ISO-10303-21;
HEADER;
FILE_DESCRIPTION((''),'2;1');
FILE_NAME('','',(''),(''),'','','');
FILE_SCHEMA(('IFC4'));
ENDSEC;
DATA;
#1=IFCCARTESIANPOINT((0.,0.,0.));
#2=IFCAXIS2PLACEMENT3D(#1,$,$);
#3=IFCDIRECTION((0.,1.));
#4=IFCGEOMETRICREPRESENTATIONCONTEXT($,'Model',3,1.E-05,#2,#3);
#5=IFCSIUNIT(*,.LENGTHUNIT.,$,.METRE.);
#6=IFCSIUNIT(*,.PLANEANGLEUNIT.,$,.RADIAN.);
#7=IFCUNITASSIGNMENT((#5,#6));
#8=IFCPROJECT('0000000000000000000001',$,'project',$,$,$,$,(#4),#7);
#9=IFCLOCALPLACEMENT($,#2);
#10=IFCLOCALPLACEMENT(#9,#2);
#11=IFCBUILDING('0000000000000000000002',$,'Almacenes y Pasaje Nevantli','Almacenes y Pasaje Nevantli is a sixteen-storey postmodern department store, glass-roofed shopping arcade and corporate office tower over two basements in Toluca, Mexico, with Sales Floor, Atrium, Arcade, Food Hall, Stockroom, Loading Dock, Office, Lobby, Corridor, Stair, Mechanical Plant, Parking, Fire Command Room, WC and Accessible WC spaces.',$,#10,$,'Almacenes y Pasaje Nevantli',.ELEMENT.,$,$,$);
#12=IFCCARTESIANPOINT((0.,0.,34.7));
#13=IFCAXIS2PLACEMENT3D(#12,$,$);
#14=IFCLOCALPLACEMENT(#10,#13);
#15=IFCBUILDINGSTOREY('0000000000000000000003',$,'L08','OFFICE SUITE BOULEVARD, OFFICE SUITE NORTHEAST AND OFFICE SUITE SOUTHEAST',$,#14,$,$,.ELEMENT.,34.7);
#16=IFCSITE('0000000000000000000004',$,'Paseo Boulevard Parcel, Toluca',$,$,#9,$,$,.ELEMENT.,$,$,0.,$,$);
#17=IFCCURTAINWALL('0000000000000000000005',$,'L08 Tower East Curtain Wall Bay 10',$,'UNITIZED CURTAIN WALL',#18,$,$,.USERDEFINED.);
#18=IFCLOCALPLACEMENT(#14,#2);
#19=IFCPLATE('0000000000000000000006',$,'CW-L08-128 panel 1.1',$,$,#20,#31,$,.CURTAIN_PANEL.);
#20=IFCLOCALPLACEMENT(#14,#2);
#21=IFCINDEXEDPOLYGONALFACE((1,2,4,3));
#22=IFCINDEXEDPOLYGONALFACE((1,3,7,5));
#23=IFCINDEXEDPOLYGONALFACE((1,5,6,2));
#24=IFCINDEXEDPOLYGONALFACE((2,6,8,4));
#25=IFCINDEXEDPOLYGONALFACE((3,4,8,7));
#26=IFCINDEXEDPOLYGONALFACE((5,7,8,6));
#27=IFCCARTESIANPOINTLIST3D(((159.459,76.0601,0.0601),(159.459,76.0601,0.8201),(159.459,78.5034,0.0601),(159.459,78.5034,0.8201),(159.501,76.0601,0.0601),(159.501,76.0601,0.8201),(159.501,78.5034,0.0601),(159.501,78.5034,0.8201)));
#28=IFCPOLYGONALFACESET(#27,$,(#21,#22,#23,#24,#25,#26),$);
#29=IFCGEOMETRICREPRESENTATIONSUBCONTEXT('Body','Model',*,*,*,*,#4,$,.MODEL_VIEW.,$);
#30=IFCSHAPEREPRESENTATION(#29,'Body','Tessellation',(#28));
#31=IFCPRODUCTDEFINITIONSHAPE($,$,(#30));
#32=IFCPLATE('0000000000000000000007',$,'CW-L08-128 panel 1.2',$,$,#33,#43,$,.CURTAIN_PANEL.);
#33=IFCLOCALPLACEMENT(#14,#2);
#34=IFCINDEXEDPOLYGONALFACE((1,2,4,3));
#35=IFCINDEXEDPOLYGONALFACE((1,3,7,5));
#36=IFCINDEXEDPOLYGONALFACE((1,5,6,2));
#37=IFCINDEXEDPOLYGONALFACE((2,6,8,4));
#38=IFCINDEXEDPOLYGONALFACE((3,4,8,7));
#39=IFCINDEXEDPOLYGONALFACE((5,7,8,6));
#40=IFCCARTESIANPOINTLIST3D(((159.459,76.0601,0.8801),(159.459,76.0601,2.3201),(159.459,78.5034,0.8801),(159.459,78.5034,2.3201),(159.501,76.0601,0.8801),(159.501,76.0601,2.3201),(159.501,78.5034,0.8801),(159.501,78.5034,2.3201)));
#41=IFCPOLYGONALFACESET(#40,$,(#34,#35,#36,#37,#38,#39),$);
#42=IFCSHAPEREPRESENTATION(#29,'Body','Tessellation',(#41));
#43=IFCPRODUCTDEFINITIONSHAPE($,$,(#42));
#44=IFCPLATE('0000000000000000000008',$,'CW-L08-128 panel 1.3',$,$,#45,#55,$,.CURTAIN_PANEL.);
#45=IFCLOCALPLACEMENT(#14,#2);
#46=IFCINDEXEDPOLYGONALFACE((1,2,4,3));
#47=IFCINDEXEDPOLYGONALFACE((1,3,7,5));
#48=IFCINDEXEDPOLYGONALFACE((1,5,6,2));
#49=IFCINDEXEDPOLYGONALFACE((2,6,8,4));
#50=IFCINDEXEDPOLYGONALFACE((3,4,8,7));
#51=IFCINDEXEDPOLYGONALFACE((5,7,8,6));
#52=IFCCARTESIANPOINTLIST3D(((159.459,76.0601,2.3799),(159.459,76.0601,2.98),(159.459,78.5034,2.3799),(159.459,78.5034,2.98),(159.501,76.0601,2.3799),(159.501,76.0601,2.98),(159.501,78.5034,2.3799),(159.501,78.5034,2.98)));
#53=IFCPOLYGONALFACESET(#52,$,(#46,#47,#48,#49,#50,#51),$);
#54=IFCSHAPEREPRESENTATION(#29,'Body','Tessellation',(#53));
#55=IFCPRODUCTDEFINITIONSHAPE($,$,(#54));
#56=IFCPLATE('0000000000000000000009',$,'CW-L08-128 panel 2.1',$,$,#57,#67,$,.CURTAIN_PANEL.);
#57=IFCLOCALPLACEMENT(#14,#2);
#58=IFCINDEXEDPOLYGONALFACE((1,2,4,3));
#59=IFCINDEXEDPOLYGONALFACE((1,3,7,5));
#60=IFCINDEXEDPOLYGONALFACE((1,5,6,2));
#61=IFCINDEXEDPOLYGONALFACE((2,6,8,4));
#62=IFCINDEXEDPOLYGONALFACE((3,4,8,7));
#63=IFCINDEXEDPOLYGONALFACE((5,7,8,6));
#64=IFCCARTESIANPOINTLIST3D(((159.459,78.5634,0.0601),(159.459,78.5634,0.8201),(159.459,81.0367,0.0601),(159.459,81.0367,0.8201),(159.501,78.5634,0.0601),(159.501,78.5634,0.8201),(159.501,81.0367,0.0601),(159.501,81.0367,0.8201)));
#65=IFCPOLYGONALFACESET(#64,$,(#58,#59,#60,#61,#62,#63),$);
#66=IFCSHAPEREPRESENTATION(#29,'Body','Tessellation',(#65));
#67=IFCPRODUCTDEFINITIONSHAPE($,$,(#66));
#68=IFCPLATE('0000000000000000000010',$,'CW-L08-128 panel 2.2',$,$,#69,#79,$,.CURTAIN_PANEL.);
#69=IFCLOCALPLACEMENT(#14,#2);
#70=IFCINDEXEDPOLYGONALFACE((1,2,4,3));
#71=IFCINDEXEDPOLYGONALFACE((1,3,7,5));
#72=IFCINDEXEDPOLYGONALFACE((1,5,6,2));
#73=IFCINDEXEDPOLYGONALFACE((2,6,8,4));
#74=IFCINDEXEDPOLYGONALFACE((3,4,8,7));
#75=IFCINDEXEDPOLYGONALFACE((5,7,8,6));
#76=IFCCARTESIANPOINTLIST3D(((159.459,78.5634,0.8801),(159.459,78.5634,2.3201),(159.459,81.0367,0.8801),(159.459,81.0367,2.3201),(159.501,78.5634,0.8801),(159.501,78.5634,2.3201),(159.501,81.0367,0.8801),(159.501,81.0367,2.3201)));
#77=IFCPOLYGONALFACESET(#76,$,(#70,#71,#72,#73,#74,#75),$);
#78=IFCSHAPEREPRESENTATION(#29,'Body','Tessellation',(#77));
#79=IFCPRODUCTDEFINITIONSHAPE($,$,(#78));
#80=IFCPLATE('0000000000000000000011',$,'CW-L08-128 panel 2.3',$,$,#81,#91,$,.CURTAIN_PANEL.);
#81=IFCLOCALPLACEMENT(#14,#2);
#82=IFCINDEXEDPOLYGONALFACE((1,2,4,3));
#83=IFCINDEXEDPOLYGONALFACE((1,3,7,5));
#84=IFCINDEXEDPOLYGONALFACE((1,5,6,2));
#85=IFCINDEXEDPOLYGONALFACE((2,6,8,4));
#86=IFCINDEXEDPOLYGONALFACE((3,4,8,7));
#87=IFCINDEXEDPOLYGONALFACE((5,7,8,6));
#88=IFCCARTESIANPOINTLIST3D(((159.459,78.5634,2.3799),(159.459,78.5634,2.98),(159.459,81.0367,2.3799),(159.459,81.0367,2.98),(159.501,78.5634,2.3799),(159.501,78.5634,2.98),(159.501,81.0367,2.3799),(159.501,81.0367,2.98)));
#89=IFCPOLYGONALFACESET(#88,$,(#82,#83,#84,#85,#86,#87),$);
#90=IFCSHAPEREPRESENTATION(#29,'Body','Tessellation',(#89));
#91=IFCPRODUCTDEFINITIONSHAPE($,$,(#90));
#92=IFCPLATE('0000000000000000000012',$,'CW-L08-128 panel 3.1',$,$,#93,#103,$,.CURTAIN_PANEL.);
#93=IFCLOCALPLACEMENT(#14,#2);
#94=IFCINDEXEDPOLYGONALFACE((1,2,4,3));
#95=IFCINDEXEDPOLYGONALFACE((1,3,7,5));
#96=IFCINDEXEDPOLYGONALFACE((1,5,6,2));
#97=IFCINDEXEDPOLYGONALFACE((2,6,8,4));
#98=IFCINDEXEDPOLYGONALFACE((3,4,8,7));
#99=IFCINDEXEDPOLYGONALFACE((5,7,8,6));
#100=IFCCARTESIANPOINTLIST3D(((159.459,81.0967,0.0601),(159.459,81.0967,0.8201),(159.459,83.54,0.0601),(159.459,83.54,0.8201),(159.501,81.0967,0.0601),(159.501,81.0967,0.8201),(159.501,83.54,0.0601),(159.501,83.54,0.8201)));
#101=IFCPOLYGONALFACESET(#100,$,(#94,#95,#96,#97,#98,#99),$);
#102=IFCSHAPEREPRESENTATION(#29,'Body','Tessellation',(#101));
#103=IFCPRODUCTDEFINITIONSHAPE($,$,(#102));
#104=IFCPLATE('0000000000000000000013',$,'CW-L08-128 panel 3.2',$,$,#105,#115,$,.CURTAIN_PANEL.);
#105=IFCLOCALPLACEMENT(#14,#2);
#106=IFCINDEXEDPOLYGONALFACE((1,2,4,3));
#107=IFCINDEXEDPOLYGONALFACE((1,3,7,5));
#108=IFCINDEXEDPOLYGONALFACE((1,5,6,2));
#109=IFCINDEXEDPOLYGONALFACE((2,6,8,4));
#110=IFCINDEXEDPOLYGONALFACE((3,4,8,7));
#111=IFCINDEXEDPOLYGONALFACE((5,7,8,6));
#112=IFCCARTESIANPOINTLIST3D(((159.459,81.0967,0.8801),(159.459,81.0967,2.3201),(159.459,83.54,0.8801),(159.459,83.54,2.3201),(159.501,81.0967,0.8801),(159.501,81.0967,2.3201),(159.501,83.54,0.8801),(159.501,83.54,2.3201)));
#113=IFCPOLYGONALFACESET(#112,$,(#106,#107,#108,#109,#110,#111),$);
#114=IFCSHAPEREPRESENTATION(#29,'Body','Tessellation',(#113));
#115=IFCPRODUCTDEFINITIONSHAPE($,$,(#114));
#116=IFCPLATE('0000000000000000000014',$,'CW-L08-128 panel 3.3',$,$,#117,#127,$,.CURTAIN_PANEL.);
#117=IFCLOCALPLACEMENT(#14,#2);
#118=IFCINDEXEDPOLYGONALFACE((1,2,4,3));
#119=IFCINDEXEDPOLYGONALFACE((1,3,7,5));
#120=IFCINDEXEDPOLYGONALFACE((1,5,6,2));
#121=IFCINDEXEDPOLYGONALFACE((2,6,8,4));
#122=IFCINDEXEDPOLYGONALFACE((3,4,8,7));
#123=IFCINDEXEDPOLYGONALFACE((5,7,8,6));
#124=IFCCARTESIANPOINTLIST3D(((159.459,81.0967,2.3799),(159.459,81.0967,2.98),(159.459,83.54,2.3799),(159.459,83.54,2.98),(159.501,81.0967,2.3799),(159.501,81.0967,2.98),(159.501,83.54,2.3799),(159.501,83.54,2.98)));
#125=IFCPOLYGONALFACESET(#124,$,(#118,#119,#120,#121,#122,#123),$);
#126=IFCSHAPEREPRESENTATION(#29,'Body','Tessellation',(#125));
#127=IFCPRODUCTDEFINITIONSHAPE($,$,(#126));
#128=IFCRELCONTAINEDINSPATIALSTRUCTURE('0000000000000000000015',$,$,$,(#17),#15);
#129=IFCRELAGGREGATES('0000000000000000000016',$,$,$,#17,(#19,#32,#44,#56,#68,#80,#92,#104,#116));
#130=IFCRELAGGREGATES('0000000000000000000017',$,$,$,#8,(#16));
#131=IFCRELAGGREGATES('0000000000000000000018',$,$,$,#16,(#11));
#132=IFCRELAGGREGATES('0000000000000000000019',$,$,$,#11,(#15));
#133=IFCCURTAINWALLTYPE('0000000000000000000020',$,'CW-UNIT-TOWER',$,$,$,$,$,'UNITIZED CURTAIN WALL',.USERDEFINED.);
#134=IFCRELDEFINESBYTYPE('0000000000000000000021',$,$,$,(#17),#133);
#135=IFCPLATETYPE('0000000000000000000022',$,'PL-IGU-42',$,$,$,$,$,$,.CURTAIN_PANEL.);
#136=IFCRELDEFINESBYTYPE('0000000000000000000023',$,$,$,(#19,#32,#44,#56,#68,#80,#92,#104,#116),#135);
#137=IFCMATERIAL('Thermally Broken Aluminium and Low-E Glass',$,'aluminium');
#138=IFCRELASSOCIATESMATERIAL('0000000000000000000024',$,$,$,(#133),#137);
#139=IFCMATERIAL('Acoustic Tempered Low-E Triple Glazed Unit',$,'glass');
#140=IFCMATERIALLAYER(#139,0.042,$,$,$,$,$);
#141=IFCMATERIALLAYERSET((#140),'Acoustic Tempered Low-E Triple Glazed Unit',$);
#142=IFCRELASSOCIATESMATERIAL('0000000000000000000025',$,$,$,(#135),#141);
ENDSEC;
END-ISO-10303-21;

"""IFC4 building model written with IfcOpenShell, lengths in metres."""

from ifc_helpers import new_model, si_unit, direction, frame, origin, origin_2d, place, context, subcontext, project, spatial, rectangle, extrude, material, layer, layer_set, type_object, element, aggregate, save


model = new_model("IFC4")

# Units and contexts
model_context = context("Model", 3, precision=1e-05, world=origin(), true_north=direction((0.0, 1.0)))
body_context = subcontext(model_context, "Body", "Model", "MODEL_VIEW")
ifc_project = project(units=[si_unit("LENGTHUNIT", "METRE"), si_unit("PLANEANGLEUNIT", "RADIAN")], contexts=[model_context])

# Site, building, storey
site_placement = place(None, origin())
site = spatial("IfcSite", under=ifc_project, at=site_placement, Name="Paseo Boulevard Parcel, Toluca", CompositionType="ELEMENT", RefElevation=0.0)
building_placement = place(site_placement, origin())
building = spatial("IfcBuilding", under=site, at=building_placement, Name="Almacenes y Pasaje Nevantli", Description="Almacenes y Pasaje Nevantli is a sixteen-storey postmodern department store, glass-roofed shopping arcade and corporate office tower over two basements in Toluca, Mexico, with Sales Floor, Atrium, Arcade, Food Hall, Stockroom, Loading Dock, Office, Lobby, Corridor, Stair, Mechanical Plant, Parking, Fire Command Room, WC and Accessible WC spaces.", LongName="Almacenes y Pasaje Nevantli", CompositionType="ELEMENT")
storey_placement = place(building_placement, frame((0.0, 0.0, 34.7)))
storey = spatial("IfcBuildingStorey", under=building, at=storey_placement, Name="L08", Description="OFFICE SUITE BOULEVARD, OFFICE SUITE NORTHEAST AND OFFICE SUITE SOUTHEAST", CompositionType="ELEMENT", Elevation=34.7)

# Curtain wall, plates
ifc_material_1 = material(Name="Thermally Broken Aluminium and Low-E Glass", Category="aluminium")
curtain_wall_type = type_object("IfcCurtainWallType", Name="CW-UNIT-TOWER", ElementType="UNITIZED CURTAIN WALL", PredefinedType="USERDEFINED", material=ifc_material_1)
curtain_wall_placement = place(storey_placement, origin())
curtain_wall = element("IfcCurtainWall", 1, at=curtain_wall_placement, inside=storey, type_object=curtain_wall_type, Name="L08 Tower East Curtain Wall Bay 10", ObjectType="UNITIZED CURTAIN WALL", PredefinedType="USERDEFINED")
ifc_material_2 = material(Name="Acoustic Tempered Low-E Triple Glazed Unit", Category="glass")
ifc_layer = layer(ifc_material_2, 0.042)
ifc_layer_set = layer_set([ifc_layer], Name="Acoustic Tempered Low-E Triple Glazed Unit")
plate_type = type_object("IfcPlateType", Name="PL-IGU-42", PredefinedType="CURTAIN_PANEL", material=ifc_layer_set)
plate_1_placement = place(storey_placement, frame((159.48, 77.2817, 0.0601), z_axis=(0.0, 0.0, 1.0), x_axis=(0.0, 1.0, 0.0)))
plate_1 = element("IfcPlate", 2, at=plate_1_placement, type_object=plate_type, Name="CW-L08-128 panel 1.1", PredefinedType="CURTAIN_PANEL", context=body_context, shape_type="SweptSolid", body=[
    extrude(rectangle(XDim=2.4434, YDim=0.042, at=origin_2d()), origin(), (0.0, 0.0, 1.0), 0.76),
])
plate_2_placement = place(storey_placement, frame((159.48, 77.2817, 0.8801), z_axis=(0.0, 0.0, 1.0), x_axis=(0.0, 1.0, 0.0)))
plate_2 = element("IfcPlate", 3, at=plate_2_placement, type_object=plate_type, Name="CW-L08-128 panel 1.2", PredefinedType="CURTAIN_PANEL", context=body_context, shape_type="SweptSolid", body=[
    extrude(rectangle(XDim=2.4434, YDim=0.042, at=origin_2d()), origin(), (0.0, 0.0, 1.0), 1.4399),
])
plate_3_placement = place(storey_placement, frame((159.48, 77.2817, 2.3799), z_axis=(0.0, 0.0, 1.0), x_axis=(0.0, 1.0, 0.0)))
plate_3 = element("IfcPlate", 4, at=plate_3_placement, type_object=plate_type, Name="CW-L08-128 panel 1.3", PredefinedType="CURTAIN_PANEL", context=body_context, shape_type="SweptSolid", body=[
    extrude(rectangle(XDim=2.4434, YDim=0.042, at=origin_2d()), origin(), (0.0, 0.0, 1.0), 0.6001),
])
plate_4_placement = place(storey_placement, frame((159.48, 79.8, 0.0601), z_axis=(0.0, 0.0, 1.0), x_axis=(0.0, 1.0, 0.0)))
plate_4 = element("IfcPlate", 5, at=plate_4_placement, type_object=plate_type, Name="CW-L08-128 panel 2.1", PredefinedType="CURTAIN_PANEL", context=body_context, shape_type="SweptSolid", body=[
    extrude(rectangle(XDim=2.4734, YDim=0.042, at=origin_2d()), origin(), (0.0, 0.0, 1.0), 0.76),
])
plate_5_placement = place(storey_placement, frame((159.48, 79.8, 0.8801), z_axis=(0.0, 0.0, 1.0), x_axis=(0.0, 1.0, 0.0)))
plate_5 = element("IfcPlate", 6, at=plate_5_placement, type_object=plate_type, Name="CW-L08-128 panel 2.2", PredefinedType="CURTAIN_PANEL", context=body_context, shape_type="SweptSolid", body=[
    extrude(rectangle(XDim=2.4734, YDim=0.042, at=origin_2d()), origin(), (0.0, 0.0, 1.0), 1.4399),
])
plate_6_placement = place(storey_placement, frame((159.48, 79.8, 2.3799), z_axis=(0.0, 0.0, 1.0), x_axis=(0.0, 1.0, 0.0)))
plate_6 = element("IfcPlate", 7, at=plate_6_placement, type_object=plate_type, Name="CW-L08-128 panel 2.3", PredefinedType="CURTAIN_PANEL", context=body_context, shape_type="SweptSolid", body=[
    extrude(rectangle(XDim=2.4734, YDim=0.042, at=origin_2d()), origin(), (0.0, 0.0, 1.0), 0.6001),
])
plate_7_placement = place(storey_placement, frame((159.48, 82.3184, 0.0601), z_axis=(0.0, 0.0, 1.0), x_axis=(0.0, 1.0, 0.0)))
plate_7 = element("IfcPlate", 8, at=plate_7_placement, type_object=plate_type, Name="CW-L08-128 panel 3.1", PredefinedType="CURTAIN_PANEL", context=body_context, shape_type="SweptSolid", body=[
    extrude(rectangle(XDim=2.4434, YDim=0.042, at=origin_2d()), origin(), (0.0, 0.0, 1.0), 0.76),
])
plate_8_placement = place(storey_placement, frame((159.48, 82.3184, 0.8801), z_axis=(0.0, 0.0, 1.0), x_axis=(0.0, 1.0, 0.0)))
plate_8 = element("IfcPlate", 9, at=plate_8_placement, type_object=plate_type, Name="CW-L08-128 panel 3.2", PredefinedType="CURTAIN_PANEL", context=body_context, shape_type="SweptSolid", body=[
    extrude(rectangle(XDim=2.4434, YDim=0.042, at=origin_2d()), origin(), (0.0, 0.0, 1.0), 1.4399),
])
plate_9_placement = place(storey_placement, frame((159.48, 82.3184, 2.3799), z_axis=(0.0, 0.0, 1.0), x_axis=(0.0, 1.0, 0.0)))
plate_9 = element("IfcPlate", 10, at=plate_9_placement, type_object=plate_type, Name="CW-L08-128 panel 3.3", PredefinedType="CURTAIN_PANEL", context=body_context, shape_type="SweptSolid", body=[
    extrude(rectangle(XDim=2.4434, YDim=0.042, at=origin_2d()), origin(), (0.0, 0.0, 1.0), 0.6001),
])
aggregate(curtain_wall, [plate_1, plate_2, plate_3, plate_4, plate_5, plate_6, plate_7, plate_8, plate_9])

save(model, "model.ifc")
